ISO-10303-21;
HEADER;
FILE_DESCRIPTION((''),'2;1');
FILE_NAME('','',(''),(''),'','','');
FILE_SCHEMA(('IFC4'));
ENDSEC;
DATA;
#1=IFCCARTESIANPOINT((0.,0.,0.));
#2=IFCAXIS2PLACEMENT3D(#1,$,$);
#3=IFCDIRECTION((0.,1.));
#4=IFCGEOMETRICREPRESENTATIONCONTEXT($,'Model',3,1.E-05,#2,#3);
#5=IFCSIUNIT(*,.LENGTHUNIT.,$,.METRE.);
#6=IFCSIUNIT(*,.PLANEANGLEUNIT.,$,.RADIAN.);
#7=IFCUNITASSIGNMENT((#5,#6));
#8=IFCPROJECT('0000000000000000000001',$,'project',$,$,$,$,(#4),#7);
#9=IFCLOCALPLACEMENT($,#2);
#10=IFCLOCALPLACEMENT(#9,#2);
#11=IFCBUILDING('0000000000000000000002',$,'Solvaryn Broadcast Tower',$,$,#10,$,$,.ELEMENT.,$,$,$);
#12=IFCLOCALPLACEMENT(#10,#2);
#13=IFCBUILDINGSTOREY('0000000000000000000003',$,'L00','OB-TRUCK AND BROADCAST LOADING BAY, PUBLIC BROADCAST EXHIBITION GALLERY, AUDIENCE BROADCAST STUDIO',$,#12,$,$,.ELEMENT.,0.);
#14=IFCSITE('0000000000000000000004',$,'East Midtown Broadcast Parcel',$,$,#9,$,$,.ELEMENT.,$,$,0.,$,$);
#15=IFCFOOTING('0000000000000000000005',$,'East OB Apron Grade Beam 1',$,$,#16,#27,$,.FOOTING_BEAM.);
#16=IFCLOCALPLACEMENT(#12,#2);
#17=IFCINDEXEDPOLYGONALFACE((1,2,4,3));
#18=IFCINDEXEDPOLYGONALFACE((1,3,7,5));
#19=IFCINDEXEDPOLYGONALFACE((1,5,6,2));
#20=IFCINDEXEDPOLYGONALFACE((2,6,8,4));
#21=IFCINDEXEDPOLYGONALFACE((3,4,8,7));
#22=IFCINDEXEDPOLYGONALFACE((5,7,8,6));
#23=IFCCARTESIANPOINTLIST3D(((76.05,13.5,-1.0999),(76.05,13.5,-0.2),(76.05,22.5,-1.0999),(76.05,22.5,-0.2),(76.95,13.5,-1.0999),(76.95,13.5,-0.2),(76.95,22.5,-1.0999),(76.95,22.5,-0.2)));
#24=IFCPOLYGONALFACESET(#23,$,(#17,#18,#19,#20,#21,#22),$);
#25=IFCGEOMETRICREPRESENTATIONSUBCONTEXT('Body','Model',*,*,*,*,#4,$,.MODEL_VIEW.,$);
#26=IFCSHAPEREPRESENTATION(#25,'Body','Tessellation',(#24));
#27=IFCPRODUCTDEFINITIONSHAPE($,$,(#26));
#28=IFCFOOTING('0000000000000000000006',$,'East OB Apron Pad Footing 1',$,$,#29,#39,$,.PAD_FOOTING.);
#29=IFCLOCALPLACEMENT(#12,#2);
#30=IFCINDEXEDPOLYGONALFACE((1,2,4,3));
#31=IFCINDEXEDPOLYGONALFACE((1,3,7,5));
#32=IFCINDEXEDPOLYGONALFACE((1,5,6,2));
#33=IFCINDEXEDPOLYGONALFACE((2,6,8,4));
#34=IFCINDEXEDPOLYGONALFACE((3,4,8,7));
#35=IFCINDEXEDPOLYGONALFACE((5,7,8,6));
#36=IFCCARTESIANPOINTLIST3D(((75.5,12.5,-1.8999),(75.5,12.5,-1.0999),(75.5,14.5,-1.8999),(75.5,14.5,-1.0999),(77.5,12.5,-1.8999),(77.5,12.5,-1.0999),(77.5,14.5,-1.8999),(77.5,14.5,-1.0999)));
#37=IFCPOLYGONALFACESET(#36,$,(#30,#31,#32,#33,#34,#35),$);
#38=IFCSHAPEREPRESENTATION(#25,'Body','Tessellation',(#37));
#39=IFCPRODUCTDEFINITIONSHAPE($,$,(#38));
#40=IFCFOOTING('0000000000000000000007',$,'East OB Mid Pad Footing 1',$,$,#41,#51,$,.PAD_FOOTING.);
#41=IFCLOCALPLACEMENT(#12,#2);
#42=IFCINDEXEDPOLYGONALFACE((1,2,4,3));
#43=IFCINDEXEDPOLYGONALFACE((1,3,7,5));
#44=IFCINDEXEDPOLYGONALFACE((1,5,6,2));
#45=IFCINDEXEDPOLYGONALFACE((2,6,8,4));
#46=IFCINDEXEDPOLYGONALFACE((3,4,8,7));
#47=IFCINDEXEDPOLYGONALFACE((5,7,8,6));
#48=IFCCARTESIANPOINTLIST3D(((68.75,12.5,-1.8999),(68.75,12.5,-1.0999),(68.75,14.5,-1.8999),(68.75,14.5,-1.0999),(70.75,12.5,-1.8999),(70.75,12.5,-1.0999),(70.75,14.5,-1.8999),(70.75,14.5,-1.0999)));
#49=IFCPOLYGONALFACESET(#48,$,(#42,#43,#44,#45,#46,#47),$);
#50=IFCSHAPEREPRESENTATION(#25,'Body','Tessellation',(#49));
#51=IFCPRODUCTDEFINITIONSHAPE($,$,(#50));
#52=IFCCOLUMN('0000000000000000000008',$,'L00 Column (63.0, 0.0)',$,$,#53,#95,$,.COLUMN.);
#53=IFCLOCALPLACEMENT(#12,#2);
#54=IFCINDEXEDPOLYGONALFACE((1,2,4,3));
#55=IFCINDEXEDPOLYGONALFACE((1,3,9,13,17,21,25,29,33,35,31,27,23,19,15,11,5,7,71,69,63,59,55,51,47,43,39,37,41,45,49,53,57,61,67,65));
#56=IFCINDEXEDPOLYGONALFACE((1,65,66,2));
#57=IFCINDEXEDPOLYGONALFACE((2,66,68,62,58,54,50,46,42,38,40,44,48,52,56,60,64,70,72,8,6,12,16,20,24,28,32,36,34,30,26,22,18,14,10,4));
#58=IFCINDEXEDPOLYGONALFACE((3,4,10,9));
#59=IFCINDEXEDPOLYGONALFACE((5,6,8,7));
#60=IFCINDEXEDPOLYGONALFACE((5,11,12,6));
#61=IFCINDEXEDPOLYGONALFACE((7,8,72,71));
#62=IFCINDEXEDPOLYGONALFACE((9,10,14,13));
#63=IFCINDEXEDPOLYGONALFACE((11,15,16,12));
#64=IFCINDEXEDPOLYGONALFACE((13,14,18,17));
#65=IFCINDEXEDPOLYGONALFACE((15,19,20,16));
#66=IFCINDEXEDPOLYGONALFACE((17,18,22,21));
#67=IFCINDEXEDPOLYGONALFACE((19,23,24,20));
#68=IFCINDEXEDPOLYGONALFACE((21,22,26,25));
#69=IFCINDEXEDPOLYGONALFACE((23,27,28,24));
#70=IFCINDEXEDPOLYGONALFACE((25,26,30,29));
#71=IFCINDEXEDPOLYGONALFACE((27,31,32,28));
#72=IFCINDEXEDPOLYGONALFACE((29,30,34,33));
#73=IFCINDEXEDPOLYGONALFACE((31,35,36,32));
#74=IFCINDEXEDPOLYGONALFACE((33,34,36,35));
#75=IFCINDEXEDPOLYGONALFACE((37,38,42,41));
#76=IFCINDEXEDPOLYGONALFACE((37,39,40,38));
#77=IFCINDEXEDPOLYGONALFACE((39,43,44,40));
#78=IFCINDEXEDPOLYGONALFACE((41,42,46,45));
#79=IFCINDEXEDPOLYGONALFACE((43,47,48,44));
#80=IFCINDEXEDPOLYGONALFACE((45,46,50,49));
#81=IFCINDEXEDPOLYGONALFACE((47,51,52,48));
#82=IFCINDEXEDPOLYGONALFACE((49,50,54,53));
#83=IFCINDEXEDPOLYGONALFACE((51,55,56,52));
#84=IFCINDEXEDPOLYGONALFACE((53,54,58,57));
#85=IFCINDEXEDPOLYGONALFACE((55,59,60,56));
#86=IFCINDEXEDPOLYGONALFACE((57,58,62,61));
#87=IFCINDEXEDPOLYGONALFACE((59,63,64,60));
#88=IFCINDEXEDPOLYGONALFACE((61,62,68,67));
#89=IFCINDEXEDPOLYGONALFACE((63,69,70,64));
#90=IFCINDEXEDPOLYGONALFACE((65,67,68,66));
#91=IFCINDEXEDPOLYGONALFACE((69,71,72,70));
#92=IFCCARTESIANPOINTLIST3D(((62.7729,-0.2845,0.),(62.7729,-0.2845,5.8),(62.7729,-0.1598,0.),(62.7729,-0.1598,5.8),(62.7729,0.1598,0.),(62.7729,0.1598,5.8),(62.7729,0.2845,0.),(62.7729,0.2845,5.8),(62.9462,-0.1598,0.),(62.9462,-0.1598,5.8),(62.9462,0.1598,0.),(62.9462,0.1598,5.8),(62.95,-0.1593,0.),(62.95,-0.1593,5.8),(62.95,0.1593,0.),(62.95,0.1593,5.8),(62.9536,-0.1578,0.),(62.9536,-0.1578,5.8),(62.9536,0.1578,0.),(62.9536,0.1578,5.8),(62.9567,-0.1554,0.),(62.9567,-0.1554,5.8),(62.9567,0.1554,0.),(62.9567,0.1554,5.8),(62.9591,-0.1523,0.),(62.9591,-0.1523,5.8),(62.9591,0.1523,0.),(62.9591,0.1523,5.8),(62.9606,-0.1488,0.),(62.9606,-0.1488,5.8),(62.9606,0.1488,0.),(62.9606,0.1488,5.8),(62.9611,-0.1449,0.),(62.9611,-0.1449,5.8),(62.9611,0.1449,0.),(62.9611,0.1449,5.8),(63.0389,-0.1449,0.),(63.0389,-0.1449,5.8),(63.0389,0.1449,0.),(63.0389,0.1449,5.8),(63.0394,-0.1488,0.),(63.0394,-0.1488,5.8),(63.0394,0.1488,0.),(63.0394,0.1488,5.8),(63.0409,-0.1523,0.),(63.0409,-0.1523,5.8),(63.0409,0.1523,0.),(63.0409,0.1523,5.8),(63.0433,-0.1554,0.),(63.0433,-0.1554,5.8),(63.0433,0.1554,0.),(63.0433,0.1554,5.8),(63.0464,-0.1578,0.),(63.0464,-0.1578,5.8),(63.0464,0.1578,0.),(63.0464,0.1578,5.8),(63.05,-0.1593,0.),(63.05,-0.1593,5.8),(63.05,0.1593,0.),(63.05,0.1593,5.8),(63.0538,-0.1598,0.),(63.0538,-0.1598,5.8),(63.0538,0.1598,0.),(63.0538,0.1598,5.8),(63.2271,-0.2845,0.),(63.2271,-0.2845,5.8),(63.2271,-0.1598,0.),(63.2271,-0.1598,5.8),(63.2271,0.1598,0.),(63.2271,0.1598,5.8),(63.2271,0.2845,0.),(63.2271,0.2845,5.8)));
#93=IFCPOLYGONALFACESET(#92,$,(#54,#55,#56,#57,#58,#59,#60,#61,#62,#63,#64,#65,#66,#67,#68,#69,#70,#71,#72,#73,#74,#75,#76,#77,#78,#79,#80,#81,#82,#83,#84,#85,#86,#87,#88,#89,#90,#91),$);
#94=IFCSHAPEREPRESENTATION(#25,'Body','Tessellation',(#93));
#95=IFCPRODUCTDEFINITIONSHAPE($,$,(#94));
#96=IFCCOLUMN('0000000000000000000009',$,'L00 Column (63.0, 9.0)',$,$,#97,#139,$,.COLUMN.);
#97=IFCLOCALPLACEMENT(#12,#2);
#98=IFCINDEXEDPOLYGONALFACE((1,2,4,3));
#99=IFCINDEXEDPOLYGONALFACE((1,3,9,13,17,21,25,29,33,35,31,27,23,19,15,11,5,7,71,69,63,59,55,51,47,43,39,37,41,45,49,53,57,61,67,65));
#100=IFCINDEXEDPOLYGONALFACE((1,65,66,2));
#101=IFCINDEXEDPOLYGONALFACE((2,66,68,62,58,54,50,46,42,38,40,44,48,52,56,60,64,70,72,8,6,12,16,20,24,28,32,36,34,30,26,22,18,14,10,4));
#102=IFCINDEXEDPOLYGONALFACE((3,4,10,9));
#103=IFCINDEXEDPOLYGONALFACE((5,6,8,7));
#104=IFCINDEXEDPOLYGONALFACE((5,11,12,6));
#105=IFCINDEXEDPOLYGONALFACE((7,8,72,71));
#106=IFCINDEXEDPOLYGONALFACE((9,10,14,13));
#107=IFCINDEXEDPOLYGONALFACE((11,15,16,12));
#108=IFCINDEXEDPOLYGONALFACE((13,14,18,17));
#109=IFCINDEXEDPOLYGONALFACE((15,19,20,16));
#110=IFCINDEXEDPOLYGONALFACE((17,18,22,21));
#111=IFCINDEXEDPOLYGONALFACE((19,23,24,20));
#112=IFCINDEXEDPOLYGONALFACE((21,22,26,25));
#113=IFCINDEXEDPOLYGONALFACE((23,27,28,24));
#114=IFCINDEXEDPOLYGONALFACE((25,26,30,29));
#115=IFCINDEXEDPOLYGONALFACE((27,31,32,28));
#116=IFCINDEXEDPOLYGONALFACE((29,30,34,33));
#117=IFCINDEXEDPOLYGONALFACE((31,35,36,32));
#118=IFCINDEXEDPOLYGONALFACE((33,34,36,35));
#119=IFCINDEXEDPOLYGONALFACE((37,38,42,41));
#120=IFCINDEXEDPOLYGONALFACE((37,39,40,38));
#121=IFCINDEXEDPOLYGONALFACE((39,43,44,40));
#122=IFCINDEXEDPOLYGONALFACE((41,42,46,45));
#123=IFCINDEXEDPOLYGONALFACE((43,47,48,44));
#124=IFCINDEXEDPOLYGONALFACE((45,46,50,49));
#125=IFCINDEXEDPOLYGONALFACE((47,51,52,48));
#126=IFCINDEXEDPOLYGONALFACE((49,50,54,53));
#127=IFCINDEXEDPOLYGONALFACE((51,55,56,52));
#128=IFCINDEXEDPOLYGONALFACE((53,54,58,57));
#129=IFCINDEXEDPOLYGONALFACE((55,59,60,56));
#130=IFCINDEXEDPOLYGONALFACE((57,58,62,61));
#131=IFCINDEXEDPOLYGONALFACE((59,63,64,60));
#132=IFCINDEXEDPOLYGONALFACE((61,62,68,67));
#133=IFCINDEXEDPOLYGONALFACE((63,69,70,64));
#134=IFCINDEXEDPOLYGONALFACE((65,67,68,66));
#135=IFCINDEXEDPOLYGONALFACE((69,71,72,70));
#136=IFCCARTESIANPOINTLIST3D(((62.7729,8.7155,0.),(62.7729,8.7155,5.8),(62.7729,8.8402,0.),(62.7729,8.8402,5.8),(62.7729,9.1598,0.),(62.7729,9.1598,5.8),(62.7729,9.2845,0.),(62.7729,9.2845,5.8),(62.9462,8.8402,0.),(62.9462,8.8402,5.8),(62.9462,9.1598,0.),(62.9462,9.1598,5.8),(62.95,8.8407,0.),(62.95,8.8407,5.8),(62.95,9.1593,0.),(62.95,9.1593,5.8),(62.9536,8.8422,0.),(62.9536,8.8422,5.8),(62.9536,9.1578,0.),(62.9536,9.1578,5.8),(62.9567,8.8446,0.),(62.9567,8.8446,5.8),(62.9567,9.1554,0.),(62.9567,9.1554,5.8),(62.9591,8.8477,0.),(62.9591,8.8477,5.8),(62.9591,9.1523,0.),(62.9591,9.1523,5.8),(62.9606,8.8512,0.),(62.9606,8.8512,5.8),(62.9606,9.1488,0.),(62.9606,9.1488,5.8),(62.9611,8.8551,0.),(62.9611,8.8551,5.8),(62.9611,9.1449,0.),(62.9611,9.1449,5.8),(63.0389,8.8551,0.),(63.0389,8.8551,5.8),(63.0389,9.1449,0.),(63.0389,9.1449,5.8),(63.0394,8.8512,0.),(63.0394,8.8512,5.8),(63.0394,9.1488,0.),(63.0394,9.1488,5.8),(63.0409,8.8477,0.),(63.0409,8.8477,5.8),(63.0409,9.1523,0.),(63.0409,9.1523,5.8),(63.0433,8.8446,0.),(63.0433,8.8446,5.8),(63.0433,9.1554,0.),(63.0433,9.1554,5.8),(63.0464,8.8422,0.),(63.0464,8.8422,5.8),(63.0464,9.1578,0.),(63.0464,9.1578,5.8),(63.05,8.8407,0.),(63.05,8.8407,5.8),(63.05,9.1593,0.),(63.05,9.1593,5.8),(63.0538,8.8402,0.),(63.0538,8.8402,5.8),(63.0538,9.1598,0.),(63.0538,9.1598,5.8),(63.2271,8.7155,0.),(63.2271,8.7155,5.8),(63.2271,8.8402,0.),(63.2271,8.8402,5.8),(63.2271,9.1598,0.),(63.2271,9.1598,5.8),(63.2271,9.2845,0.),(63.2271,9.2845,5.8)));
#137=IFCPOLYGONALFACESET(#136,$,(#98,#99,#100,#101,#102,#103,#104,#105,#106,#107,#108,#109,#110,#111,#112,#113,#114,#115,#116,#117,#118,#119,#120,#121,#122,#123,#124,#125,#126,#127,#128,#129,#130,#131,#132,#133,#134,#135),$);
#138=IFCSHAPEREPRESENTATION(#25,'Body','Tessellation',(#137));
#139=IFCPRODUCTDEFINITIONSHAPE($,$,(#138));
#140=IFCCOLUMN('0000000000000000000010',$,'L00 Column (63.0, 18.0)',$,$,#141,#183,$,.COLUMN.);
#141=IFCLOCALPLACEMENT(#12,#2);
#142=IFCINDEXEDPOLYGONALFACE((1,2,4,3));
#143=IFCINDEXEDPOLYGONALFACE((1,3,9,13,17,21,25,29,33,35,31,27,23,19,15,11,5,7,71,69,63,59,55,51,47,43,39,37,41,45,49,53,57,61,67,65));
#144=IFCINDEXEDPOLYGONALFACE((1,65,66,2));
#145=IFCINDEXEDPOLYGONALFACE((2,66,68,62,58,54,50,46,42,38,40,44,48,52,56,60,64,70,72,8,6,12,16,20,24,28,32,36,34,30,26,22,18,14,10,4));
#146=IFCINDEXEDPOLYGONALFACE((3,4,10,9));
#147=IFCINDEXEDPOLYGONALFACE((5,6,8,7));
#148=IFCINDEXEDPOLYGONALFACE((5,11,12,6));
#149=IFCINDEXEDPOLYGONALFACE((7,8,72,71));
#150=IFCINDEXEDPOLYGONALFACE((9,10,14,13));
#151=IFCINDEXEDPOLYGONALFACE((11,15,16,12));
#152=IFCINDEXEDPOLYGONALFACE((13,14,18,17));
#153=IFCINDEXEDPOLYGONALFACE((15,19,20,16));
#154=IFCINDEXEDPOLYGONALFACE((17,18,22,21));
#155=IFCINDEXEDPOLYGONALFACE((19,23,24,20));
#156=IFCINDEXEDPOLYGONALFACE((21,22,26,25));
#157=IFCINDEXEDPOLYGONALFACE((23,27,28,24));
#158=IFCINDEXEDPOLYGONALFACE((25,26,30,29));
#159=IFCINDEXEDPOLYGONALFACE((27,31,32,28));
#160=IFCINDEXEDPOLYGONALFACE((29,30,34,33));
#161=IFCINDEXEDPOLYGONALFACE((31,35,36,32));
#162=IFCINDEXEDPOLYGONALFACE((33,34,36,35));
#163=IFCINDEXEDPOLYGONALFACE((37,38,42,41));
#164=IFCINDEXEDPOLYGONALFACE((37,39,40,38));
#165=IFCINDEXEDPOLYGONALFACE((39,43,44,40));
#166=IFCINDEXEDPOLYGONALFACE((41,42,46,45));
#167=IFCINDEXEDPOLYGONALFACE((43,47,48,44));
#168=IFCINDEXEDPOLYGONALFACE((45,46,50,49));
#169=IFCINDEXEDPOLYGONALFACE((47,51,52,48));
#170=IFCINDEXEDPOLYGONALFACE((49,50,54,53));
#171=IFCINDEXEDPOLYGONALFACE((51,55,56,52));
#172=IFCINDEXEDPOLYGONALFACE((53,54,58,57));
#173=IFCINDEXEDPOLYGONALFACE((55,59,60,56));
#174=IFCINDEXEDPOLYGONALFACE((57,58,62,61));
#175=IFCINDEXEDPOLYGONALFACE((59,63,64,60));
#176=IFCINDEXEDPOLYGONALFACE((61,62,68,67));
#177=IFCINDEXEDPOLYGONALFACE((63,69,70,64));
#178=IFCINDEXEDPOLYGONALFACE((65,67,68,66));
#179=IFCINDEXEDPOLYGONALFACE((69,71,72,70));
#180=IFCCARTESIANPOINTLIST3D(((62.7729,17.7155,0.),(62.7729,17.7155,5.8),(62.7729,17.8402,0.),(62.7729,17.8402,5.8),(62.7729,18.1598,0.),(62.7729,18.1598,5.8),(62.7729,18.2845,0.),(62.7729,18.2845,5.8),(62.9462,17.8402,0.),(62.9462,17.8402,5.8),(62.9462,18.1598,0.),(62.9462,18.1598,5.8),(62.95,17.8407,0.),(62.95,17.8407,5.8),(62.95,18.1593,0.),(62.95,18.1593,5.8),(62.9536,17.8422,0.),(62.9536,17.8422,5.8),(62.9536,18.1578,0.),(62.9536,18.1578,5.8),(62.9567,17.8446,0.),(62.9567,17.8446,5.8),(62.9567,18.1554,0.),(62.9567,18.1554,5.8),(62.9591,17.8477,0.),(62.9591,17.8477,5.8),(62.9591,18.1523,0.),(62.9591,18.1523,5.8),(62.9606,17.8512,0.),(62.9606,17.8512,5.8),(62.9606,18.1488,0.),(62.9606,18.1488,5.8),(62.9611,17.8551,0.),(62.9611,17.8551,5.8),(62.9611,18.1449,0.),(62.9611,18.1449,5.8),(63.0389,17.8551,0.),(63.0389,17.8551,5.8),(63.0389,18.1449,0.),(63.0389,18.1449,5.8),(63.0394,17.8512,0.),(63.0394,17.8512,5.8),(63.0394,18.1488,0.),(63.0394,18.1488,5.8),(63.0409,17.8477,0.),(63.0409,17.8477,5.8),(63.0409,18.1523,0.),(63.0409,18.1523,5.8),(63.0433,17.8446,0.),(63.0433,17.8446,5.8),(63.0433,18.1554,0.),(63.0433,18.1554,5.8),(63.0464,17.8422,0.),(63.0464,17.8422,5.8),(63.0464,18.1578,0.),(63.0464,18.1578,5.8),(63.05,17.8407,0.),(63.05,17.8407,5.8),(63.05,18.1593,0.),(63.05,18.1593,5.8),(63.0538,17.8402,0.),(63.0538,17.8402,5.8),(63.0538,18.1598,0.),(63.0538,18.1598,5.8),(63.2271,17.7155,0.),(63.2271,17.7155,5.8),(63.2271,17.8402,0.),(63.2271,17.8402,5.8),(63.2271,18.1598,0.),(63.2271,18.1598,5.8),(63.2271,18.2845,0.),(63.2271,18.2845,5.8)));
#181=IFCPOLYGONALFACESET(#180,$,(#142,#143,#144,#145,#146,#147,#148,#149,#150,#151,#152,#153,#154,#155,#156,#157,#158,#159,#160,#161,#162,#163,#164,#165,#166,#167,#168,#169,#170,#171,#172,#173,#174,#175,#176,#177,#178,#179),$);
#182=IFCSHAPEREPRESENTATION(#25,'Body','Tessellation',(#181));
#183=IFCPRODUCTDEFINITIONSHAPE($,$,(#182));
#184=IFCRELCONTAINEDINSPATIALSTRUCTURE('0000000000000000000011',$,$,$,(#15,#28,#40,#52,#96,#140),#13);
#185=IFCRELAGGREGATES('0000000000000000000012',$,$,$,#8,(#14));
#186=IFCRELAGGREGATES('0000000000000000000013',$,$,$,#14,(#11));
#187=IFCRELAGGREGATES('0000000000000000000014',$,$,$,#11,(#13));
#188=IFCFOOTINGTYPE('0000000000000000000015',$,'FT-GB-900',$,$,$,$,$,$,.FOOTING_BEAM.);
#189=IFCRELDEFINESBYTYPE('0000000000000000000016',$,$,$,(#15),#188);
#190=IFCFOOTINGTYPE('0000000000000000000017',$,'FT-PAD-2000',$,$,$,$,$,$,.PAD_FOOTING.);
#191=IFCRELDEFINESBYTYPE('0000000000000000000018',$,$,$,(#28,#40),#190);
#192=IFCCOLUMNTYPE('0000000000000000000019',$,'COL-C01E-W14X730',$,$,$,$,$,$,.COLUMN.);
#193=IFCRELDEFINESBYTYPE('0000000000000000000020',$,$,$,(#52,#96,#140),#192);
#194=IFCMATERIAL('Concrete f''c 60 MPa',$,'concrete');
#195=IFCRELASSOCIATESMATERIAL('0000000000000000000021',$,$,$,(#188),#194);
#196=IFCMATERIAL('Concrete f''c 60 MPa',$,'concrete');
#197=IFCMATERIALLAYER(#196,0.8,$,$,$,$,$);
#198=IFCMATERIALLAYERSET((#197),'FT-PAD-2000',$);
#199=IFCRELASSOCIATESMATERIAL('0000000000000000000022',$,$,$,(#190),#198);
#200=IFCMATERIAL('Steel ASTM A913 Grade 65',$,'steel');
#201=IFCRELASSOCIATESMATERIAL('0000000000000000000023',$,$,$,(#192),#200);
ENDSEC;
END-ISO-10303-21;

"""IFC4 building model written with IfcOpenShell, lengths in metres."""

from ifc_helpers import new_model, si_unit, direction, frame, origin, origin_2d, place, context, subcontext, project, spatial, rectangle, i_section, extrude, material, layer, layer_set, material_profile, profile_set, type_object, element, save


model = new_model("IFC4")

# Units and contexts
model_context = context("Model", 3, precision=1e-05, world=origin(), true_north=direction((0.0, 1.0)))
body_context = subcontext(model_context, "Body", "Model", "MODEL_VIEW")
ifc_project = project(units=[si_unit("LENGTHUNIT", "METRE"), si_unit("PLANEANGLEUNIT", "RADIAN")], contexts=[model_context])

# Site, building, storey
site_placement = place(None, origin())
site = spatial("IfcSite", under=ifc_project, at=site_placement, Name="East Midtown Broadcast Parcel", CompositionType="ELEMENT", RefElevation=0.0)
building_placement = place(site_placement, origin())
building = spatial("IfcBuilding", under=site, at=building_placement, Name="Solvaryn Broadcast Tower", CompositionType="ELEMENT")
storey_placement = place(building_placement, origin())
storey = spatial("IfcBuildingStorey", under=building, at=storey_placement, Name="L00", Description="OB-TRUCK AND BROADCAST LOADING BAY, PUBLIC BROADCAST EXHIBITION GALLERY, AUDIENCE BROADCAST STUDIO", CompositionType="ELEMENT", Elevation=0.0)

# Footings
ifc_material_1 = material(Name="Concrete f'c 60 MPa", Category="concrete")
ifc_material_profile_1 = material_profile(ifc_material_1, rectangle(XDim=0.8999, YDim=0.8999, at=origin_2d()))
ifc_profile_set_1 = profile_set([ifc_material_profile_1], Name="Concrete f'c 60 MPa")
footing_type_1 = type_object("IfcFootingType", Name="FT-GB-900", PredefinedType="FOOTING_BEAM", material=ifc_profile_set_1)
footing_placement = place(storey_placement, frame((76.5, 13.5, -0.6499), z_axis=(0.0, 1.0, 0.0), x_axis=(-1.0, 0.0, 0.0)))
element("IfcFooting", 1, at=footing_placement, inside=storey, type_object=footing_type_1, Name="East OB Apron Grade Beam 1", PredefinedType="FOOTING_BEAM", context=body_context, shape_type="SweptSolid", body=[
    extrude(rectangle(XDim=0.8999, YDim=0.8999, at=origin_2d()), origin(), (0.0, 0.0, 1.0), 9.0),
])
ifc_material_2 = material(Name="Concrete f'c 60 MPa", Category="concrete")
ifc_layer_1 = layer(ifc_material_2, 0.8)
ifc_layer_set_1 = layer_set([ifc_layer_1], Name="FT-PAD-2000")
footing_type_2 = type_object("IfcFootingType", Name="FT-PAD-2000", PredefinedType="PAD_FOOTING", material=ifc_layer_set_1)
for number, where, z_axis, x_axis, name in (
    (2, (76.5, 13.5, -1.8999), (0.0, 0.0, 1.0), (1.0, 0.0, 0.0), "East OB Apron Pad Footing 1"),
    (3, (69.75, 13.5, -1.8999), (0.0, 0.0, 1.0), (1.0, 0.0, 0.0), "East OB Mid Pad Footing 1"),
):
    element("IfcFooting", number, at=place(storey_placement, frame(where, z_axis=z_axis, x_axis=x_axis)), inside=storey, type_object=footing_type_2, Name=name, PredefinedType="PAD_FOOTING", context=body_context, shape_type="SweptSolid", body=[
        extrude(rectangle(XDim=2.0, YDim=2.0, at=origin_2d()), origin(), (0.0, 0.0, 1.0), 0.8),
    ])

# Columns
ifc_material_3 = material(Name="Steel ASTM A913 Grade 65", Category="steel")
ifc_material_profile_2 = material_profile(ifc_material_3, i_section(OverallWidth=0.4541, OverallDepth=0.5691, WebThickness=0.0779, FlangeThickness=0.1248, FilletRadius=0.0149, at=origin_2d()))
ifc_profile_set_2 = profile_set([ifc_material_profile_2], Name="Steel ASTM A913 Grade 65")
column_type_1 = type_object("IfcColumnType", Name="COL-C01E-W14X730", PredefinedType="COLUMN", material=ifc_profile_set_2)
for number, where, z_axis, x_axis, name in (
    (4, (63.0, 0.0, 0.0), (0.0, 0.0, 1.0), (1.0, 0.0, 0.0), "L00 Column (63.0, 0.0)"),
    (5, (63.0, 9.0, 0.0), (0.0, 0.0, 1.0), (1.0, 0.0, 0.0), "L00 Column (63.0, 9.0)"),
    (6, (63.0, 18.0, 0.0), (0.0, 0.0, 1.0), (1.0, 0.0, 0.0), "L00 Column (63.0, 18.0)"),
):
    element("IfcColumn", number, at=place(storey_placement, frame(where, z_axis=z_axis, x_axis=x_axis)), inside=storey, type_object=column_type_1, Name=name, PredefinedType="COLUMN", context=body_context, shape_type="SweptSolid", body=[
        extrude(i_section(OverallWidth=0.4541, OverallDepth=0.5691, WebThickness=0.0779, FlangeThickness=0.1248, FilletRadius=0.0149, at=origin_2d()), origin(), (0.0, 0.0, 1.0), 5.8),
    ])

save(model, "model.ifc")
